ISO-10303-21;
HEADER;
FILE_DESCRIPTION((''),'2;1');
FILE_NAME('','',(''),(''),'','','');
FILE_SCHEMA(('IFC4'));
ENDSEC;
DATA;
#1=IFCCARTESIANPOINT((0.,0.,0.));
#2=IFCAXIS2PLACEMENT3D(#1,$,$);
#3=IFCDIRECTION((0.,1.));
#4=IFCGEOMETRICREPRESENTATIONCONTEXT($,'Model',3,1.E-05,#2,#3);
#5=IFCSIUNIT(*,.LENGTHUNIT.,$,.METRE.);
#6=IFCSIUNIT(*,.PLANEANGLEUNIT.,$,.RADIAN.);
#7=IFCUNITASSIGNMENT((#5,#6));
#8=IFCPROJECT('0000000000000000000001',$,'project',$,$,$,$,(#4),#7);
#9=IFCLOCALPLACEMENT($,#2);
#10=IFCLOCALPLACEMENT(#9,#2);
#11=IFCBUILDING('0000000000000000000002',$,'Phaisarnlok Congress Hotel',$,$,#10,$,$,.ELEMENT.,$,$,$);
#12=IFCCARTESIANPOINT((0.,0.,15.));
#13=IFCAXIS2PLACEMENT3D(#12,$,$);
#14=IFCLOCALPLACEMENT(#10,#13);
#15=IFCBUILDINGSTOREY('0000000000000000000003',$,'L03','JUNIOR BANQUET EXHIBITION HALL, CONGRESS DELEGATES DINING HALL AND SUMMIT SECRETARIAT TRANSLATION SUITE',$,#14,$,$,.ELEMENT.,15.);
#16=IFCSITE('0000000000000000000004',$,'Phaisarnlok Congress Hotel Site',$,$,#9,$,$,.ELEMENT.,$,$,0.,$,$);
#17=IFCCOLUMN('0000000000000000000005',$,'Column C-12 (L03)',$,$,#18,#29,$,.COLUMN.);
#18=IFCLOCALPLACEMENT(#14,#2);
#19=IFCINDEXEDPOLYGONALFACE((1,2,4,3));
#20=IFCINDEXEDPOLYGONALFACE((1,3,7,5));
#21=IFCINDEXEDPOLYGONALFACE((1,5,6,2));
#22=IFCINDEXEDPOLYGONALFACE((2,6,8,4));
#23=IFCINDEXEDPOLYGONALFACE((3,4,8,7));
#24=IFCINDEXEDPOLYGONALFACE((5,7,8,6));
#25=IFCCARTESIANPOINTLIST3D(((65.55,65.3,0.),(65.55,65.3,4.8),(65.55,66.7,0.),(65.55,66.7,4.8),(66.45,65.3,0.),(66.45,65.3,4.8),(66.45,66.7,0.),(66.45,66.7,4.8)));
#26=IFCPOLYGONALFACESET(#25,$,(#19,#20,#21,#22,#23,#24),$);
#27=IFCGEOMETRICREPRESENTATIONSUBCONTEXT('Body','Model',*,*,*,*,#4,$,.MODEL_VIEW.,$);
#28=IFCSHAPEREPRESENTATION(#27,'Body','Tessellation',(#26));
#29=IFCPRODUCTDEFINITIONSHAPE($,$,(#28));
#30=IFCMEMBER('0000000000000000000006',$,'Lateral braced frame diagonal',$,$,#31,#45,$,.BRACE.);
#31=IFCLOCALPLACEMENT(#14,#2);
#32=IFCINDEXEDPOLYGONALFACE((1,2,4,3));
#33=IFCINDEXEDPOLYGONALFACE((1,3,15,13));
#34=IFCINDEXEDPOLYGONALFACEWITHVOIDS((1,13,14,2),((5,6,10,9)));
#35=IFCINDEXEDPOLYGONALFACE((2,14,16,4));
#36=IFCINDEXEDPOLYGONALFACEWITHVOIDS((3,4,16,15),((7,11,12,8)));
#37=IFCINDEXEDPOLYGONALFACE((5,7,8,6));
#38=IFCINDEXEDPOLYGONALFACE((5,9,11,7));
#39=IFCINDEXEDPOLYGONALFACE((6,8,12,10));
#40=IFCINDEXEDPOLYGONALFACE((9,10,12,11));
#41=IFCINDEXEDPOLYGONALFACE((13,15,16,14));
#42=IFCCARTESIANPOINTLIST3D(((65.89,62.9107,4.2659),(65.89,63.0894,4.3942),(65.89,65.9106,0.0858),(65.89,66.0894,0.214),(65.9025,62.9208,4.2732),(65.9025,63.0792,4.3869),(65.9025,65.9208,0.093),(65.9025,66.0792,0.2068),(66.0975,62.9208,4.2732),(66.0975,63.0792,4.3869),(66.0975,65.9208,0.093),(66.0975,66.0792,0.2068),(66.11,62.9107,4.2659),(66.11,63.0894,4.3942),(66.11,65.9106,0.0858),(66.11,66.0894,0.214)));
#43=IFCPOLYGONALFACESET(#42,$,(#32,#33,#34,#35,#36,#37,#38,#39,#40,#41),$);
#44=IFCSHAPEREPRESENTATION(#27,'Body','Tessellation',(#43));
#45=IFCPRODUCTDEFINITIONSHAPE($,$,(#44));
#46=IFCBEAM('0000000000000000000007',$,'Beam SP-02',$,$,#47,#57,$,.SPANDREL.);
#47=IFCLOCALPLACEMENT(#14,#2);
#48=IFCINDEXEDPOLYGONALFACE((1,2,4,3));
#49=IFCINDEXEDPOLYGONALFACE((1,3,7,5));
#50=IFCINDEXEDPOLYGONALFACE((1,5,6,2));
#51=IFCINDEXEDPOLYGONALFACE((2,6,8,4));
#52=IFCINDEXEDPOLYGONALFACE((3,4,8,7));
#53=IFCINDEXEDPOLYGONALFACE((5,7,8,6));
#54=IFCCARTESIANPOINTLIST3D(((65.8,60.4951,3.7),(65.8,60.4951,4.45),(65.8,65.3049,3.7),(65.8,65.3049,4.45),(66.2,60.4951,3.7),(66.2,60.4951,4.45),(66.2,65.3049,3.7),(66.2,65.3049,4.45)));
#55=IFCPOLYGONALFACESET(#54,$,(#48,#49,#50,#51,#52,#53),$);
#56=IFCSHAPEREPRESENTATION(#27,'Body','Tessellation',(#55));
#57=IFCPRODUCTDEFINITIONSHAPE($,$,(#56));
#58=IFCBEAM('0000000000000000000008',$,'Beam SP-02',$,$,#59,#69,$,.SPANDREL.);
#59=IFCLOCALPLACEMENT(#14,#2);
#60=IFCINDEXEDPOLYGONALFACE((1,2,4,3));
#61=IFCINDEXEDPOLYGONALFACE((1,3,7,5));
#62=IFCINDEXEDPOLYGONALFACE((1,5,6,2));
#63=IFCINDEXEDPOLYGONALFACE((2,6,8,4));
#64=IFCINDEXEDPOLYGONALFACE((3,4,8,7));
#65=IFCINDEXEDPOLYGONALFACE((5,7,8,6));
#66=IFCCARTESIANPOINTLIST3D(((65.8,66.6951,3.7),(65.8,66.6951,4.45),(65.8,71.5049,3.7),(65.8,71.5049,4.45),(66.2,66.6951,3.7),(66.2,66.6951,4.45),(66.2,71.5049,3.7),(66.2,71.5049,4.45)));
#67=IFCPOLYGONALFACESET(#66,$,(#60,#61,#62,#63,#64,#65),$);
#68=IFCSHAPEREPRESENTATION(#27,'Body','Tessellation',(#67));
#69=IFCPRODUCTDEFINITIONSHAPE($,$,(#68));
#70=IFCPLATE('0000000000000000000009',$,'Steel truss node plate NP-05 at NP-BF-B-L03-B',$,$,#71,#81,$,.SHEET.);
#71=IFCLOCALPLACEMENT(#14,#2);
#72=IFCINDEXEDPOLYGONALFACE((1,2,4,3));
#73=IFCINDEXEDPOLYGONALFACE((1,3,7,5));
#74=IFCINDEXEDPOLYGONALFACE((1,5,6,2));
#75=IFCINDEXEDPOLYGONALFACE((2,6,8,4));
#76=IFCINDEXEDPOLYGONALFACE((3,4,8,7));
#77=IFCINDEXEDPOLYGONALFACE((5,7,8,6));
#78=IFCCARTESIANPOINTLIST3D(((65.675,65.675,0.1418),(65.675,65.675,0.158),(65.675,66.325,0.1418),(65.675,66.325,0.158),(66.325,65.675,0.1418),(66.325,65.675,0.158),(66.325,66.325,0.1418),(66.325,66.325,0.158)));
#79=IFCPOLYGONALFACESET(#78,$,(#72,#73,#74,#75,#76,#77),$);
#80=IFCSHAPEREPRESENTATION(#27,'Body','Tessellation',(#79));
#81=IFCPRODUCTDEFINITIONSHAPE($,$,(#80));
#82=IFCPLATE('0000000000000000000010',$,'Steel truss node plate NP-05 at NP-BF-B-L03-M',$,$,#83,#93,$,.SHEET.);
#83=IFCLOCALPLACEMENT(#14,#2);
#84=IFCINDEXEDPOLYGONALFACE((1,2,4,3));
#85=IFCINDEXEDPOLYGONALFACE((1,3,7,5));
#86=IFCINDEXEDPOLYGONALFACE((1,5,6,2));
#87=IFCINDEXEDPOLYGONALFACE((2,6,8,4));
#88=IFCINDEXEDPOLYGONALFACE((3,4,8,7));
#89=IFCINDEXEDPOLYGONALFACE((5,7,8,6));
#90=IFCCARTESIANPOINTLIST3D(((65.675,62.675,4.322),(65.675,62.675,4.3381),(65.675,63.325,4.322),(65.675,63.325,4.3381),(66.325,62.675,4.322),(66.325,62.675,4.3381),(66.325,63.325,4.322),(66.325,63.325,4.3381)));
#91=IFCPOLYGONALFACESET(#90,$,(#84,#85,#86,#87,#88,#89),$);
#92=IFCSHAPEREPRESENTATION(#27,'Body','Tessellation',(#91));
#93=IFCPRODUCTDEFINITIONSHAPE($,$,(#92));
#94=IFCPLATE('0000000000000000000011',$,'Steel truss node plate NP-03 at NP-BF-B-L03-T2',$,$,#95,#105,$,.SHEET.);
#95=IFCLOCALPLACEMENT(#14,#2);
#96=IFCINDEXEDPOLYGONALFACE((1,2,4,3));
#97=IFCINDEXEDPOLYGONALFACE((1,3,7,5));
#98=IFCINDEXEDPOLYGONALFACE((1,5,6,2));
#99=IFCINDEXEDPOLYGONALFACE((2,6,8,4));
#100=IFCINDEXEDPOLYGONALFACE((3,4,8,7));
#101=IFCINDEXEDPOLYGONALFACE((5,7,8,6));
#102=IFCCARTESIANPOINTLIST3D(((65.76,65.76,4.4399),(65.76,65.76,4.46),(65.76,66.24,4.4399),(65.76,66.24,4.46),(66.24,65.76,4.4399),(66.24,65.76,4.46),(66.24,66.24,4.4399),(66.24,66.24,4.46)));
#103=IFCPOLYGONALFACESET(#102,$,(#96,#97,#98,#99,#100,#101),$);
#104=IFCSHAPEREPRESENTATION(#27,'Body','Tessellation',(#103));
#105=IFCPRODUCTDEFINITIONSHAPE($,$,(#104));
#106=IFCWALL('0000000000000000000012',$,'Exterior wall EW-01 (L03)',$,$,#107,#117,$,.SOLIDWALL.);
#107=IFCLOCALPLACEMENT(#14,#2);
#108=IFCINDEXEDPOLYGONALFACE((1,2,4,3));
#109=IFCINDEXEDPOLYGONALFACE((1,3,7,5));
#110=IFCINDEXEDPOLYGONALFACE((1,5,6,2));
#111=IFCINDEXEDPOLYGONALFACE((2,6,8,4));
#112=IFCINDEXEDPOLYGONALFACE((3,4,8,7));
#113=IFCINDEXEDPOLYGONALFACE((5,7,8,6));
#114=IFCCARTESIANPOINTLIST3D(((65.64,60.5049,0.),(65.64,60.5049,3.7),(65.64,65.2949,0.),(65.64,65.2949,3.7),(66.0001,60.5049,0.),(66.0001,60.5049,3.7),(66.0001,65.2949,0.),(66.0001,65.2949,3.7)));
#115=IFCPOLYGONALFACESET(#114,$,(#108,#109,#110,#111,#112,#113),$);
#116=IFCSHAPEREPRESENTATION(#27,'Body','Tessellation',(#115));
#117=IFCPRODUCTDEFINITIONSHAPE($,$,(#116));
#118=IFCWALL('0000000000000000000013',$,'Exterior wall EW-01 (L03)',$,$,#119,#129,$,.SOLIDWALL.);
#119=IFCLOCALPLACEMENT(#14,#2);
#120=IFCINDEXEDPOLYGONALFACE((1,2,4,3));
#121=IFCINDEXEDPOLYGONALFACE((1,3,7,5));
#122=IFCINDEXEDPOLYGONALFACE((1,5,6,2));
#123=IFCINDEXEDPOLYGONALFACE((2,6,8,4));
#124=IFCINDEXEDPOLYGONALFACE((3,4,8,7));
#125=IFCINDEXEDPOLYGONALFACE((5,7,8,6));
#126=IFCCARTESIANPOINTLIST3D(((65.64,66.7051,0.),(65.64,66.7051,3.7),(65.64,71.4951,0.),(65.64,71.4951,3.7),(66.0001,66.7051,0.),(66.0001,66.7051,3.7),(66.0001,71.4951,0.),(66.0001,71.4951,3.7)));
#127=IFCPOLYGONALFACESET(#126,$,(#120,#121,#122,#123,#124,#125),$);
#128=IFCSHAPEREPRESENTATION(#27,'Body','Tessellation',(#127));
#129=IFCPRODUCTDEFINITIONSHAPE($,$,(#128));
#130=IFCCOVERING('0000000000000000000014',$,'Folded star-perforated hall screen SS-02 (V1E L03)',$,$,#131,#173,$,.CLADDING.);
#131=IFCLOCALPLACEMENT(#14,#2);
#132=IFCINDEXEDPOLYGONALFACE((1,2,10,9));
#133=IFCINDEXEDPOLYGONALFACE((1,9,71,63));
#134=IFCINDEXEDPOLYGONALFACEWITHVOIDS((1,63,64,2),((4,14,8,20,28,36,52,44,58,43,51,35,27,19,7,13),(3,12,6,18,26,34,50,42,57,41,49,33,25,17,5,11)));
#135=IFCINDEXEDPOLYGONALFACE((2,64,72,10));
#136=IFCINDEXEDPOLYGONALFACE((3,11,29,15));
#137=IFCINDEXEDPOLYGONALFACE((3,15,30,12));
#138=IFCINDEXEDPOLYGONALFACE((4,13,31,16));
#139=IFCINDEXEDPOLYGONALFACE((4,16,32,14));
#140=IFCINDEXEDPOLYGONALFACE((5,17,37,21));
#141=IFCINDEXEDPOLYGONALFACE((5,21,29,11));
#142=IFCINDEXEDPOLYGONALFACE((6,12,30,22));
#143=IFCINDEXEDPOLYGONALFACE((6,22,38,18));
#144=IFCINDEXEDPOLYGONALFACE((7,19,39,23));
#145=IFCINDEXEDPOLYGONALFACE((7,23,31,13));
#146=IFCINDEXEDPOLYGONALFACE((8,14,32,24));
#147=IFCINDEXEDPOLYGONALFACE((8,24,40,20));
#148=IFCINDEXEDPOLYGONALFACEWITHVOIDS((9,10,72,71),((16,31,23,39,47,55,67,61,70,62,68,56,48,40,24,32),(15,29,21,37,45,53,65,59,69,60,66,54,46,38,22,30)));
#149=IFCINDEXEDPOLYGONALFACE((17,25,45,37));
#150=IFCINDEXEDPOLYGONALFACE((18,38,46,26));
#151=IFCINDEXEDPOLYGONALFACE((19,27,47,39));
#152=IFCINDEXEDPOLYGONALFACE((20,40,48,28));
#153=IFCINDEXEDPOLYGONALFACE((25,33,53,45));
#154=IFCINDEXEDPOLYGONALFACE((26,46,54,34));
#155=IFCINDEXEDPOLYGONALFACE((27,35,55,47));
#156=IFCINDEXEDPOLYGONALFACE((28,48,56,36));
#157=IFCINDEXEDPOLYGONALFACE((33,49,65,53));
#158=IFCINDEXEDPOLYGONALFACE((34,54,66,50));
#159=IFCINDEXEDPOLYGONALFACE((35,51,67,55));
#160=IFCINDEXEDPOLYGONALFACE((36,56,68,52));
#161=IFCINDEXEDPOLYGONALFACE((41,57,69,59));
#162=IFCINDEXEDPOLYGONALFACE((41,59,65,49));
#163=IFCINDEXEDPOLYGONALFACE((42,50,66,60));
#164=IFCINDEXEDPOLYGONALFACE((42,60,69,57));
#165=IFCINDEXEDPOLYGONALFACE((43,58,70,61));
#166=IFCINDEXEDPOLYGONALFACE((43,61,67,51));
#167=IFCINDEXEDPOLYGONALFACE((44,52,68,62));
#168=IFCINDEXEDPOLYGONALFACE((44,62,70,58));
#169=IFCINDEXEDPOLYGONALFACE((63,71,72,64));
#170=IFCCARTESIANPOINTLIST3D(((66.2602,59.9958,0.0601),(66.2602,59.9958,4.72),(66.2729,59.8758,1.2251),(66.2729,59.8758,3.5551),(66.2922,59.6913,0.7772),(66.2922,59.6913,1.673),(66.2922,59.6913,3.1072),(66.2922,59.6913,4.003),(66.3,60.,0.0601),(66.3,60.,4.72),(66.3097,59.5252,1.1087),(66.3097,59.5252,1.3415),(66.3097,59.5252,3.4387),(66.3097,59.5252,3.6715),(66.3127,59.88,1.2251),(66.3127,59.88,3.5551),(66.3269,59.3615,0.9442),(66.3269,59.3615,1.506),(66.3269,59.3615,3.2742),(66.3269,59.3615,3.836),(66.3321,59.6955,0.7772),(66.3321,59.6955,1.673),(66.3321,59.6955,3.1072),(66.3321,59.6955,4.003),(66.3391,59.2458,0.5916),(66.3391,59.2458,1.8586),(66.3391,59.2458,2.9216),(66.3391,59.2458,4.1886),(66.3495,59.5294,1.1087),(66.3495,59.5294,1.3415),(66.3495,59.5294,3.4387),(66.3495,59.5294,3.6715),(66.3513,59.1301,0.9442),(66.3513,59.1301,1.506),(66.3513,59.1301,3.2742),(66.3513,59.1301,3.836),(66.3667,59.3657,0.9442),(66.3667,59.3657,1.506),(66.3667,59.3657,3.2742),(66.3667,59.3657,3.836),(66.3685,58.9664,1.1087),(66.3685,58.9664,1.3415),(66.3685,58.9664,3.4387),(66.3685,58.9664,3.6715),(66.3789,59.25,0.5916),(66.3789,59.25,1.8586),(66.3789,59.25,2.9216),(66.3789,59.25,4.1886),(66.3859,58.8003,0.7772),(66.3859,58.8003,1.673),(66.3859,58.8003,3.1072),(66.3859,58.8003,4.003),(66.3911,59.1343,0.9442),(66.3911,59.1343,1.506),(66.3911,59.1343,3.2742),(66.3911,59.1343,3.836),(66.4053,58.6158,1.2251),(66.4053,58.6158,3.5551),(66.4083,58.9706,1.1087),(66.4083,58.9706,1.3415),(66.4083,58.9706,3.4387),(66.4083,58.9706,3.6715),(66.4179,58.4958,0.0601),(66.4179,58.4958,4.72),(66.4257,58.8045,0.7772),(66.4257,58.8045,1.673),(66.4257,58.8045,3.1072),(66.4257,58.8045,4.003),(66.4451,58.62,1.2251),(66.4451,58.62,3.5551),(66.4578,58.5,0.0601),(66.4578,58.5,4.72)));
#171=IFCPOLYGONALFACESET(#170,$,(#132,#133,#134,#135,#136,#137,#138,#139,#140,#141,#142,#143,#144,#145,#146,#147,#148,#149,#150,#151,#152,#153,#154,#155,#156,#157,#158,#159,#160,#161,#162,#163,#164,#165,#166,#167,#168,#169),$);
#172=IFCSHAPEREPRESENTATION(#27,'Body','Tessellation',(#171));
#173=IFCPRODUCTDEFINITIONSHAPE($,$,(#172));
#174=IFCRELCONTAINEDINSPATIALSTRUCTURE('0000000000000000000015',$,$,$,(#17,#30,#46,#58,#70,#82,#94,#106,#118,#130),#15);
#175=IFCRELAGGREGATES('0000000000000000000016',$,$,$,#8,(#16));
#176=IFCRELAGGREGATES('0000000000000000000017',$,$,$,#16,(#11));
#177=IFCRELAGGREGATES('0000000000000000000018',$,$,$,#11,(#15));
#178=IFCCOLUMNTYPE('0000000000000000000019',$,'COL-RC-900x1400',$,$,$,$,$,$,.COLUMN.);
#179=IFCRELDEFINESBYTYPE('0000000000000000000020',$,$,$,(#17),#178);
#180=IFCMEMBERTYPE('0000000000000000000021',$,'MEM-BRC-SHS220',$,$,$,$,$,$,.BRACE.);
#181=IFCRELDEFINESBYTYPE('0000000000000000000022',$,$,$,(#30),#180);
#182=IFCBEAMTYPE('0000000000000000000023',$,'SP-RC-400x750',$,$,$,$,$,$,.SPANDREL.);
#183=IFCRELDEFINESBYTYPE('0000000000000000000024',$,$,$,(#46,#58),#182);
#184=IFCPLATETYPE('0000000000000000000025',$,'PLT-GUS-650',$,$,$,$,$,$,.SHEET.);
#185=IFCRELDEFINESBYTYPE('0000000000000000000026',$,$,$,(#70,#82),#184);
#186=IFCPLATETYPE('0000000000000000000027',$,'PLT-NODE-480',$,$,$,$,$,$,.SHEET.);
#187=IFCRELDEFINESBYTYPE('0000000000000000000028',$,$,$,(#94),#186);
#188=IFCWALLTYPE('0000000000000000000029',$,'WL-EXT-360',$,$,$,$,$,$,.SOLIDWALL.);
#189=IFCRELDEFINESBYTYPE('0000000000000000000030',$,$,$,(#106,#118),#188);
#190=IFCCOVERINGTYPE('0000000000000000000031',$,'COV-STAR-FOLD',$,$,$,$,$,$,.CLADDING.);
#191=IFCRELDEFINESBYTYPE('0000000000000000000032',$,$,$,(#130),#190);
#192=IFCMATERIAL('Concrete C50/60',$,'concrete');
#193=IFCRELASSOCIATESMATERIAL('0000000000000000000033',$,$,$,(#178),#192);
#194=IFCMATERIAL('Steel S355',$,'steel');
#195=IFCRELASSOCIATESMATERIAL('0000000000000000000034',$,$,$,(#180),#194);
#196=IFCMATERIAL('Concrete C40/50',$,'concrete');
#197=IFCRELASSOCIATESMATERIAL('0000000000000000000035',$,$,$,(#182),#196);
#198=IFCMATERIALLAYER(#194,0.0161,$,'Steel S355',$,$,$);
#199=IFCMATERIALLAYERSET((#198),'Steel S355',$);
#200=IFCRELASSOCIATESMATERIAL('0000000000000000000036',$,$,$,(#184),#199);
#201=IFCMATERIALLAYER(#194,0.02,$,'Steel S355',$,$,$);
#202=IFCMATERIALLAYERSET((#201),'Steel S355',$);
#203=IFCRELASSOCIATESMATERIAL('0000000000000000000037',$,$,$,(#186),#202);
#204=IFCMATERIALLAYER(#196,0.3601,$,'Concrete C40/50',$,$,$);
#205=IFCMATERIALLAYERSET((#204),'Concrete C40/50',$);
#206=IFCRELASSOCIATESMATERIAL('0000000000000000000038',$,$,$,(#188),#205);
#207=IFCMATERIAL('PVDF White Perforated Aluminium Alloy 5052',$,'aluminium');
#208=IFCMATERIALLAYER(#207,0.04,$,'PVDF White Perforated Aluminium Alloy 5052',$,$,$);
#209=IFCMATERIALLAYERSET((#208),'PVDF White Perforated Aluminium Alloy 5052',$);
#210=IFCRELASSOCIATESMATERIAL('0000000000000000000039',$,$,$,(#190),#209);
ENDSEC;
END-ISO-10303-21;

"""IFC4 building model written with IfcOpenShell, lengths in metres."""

from ifc_helpers import new_model, si_unit, direction, frame, frame_2d, origin, origin_2d, place, context, subcontext, project, spatial, polyline, rectangle, hollow_rectangle, outline, extrude, material, layer, layer_set, material_profile, profile_set, type_object, element, save


model = new_model("IFC4")

# Units and contexts
model_context = context("Model", 3, precision=1e-05, world=origin(), true_north=direction((0.0, 1.0)))
body_context = subcontext(model_context, "Body", "Model", "MODEL_VIEW")
ifc_project = project(units=[si_unit("LENGTHUNIT", "METRE"), si_unit("PLANEANGLEUNIT", "RADIAN")], contexts=[model_context])

# Site, building, storey
site_placement = place(None, origin())
site = spatial("IfcSite", under=ifc_project, at=site_placement, Name="Phaisarnlok Congress Hotel Site", CompositionType="ELEMENT", RefElevation=0.0)
building_placement = place(site_placement, origin())
building = spatial("IfcBuilding", under=site, at=building_placement, Name="Phaisarnlok Congress Hotel", CompositionType="ELEMENT")
storey_placement = place(building_placement, frame((0.0, 0.0, 15.0)))
storey = spatial("IfcBuildingStorey", under=building, at=storey_placement, Name="L03", Description="JUNIOR BANQUET EXHIBITION HALL, CONGRESS DELEGATES DINING HALL AND SUMMIT SECRETARIAT TRANSLATION SUITE", CompositionType="ELEMENT", Elevation=15.0)

# Column
ifc_material_1 = material(Name="Concrete C50/60", Category="concrete")
ifc_material_profile_1 = material_profile(ifc_material_1, rectangle(XDim=0.8999, YDim=1.3999, at=origin_2d()), Name="RC 900x1400")
ifc_profile_set_1 = profile_set([ifc_material_profile_1], Name="Concrete C50/60")
column_type = type_object("IfcColumnType", Name="COL-RC-900x1400", PredefinedType="COLUMN", material=ifc_profile_set_1)
column_placement = place(storey_placement, frame((66.0, 66.0, 0.0), z_axis=(0.0, 0.0, 1.0), x_axis=(1.0, 0.0, 0.0)))
element("IfcColumn", 1, at=column_placement, inside=storey, type_object=column_type, Name="Column C-12 (L03)", PredefinedType="COLUMN", context=body_context, shape_type="SweptSolid", body=[
    extrude(rectangle(XDim=0.8999, YDim=1.3999, at=origin_2d()), origin(), (0.0, 0.0, 1.0), 4.8),
])

# Member
ifc_material_2 = material(Name="Steel S355", Category="steel")
ifc_material_profile_2 = material_profile(ifc_material_2, hollow_rectangle(XDim=0.22, YDim=0.22, WallThickness=0.0125, at=origin_2d()), Name="SHS 220x220x12.5")
ifc_profile_set_2 = profile_set([ifc_material_profile_2], Name="Steel S355")
member_type = type_object("IfcMemberType", Name="MEM-BRC-SHS220", PredefinedType="BRACE", material=ifc_profile_set_2)
member_placement = place(storey_placement, frame((66.0, 66.0, 0.1499), z_axis=(0.0, -0.583059, 0.81243), x_axis=(1.0, 0.0, 0.0)))
element("IfcMember", 2, at=member_placement, inside=storey, type_object=member_type, Name="Lateral braced frame diagonal", PredefinedType="BRACE", context=body_context, shape_type="SweptSolid", body=[
    extrude(hollow_rectangle(XDim=0.22, YDim=0.22, WallThickness=0.0125, at=origin_2d()), origin(), (0.0, 0.0, 1.0), 5.1453),
])

# Beams
ifc_material_3 = material(Name="Concrete C40/50", Category="concrete")
ifc_material_profile_3 = material_profile(ifc_material_3, rectangle(XDim=0.3999, YDim=0.75, at=origin_2d()), Name="RC 400x750")
ifc_profile_set_3 = profile_set([ifc_material_profile_3], Name="Concrete C40/50")
beam_type = type_object("IfcBeamType", Name="SP-RC-400x750", PredefinedType="SPANDREL", material=ifc_profile_set_3)
for number, where, z_axis, x_axis, name in (
    (3, (66.0, 60.4951, 4.075), (0.0, 1.0, 0.0), (-1.0, 0.0, 0.0), "Beam SP-02"),
    (4, (66.0, 66.6951, 4.075), (0.0, 1.0, 0.0), (-1.0, 0.0, 0.0), "Beam SP-02"),
):
    element("IfcBeam", number, at=place(storey_placement, frame(where, z_axis=z_axis, x_axis=x_axis)), inside=storey, type_object=beam_type, Name=name, PredefinedType="SPANDREL", context=body_context, shape_type="SweptSolid", body=[
        extrude(rectangle(XDim=0.3999, YDim=0.75, at=origin_2d()), origin(), (0.0, 0.0, 1.0), 4.8098),
    ])

# Plates
ifc_layer_1 = layer(ifc_material_2, 0.0161, Name="Steel S355")
ifc_layer_set_1 = layer_set([ifc_layer_1], Name="Steel S355")
plate_type_1 = type_object("IfcPlateType", Name="PLT-GUS-650", PredefinedType="SHEET", material=ifc_layer_set_1)
for number, where, z_axis, x_axis, name in (
    (5, (66.0, 66.0, 0.1418), (0.0, 0.0, 1.0), (1.0, 0.0, 0.0), "Steel truss node plate NP-05 at NP-BF-B-L03-B"),
    (6, (66.0, 63.0, 4.322), (0.0, 0.0, 1.0), (1.0, 0.0, 0.0), "Steel truss node plate NP-05 at NP-BF-B-L03-M"),
):
    element("IfcPlate", number, at=place(storey_placement, frame(where, z_axis=z_axis, x_axis=x_axis)), inside=storey, type_object=plate_type_1, Name=name, PredefinedType="SHEET", context=body_context, shape_type="SweptSolid", body=[
        extrude(rectangle(XDim=0.6499, YDim=0.6499, at=origin_2d()), origin(), (0.0, 0.0, 1.0), 0.0161),
    ])
ifc_layer_2 = layer(ifc_material_2, 0.02, Name="Steel S355")
ifc_layer_set_2 = layer_set([ifc_layer_2], Name="Steel S355")
plate_type_2 = type_object("IfcPlateType", Name="PLT-NODE-480", PredefinedType="SHEET", material=ifc_layer_set_2)
plate_placement = place(storey_placement, frame((66.0, 66.0, 4.4399), z_axis=(0.0, 0.0, 1.0), x_axis=(1.0, 0.0, 0.0)))
element("IfcPlate", 7, at=plate_placement, inside=storey, type_object=plate_type_2, Name="Steel truss node plate NP-03 at NP-BF-B-L03-T2", PredefinedType="SHEET", context=body_context, shape_type="SweptSolid", body=[
    extrude(rectangle(XDim=0.48, YDim=0.48, at=origin_2d()), origin(), (0.0, 0.0, 1.0), 0.02),
])

# Walls
ifc_layer_3 = layer(ifc_material_3, 0.3601, Name="Concrete C40/50")
ifc_layer_set_3 = layer_set([ifc_layer_3], Name="Concrete C40/50")
wall_type = type_object("IfcWallType", Name="WL-EXT-360", PredefinedType="SOLIDWALL", material=ifc_layer_set_3)
for number, where, z_axis, x_axis, name in (
    (8, (65.8201, 60.5049, 0.0), (0.0, 0.0, 1.0), (0.0, 1.0, 0.0), "Exterior wall EW-01 (L03)"),
    (9, (65.8201, 66.7051, 0.0), (0.0, 0.0, 1.0), (0.0, 1.0, 0.0), "Exterior wall EW-01 (L03)"),
):
    element("IfcWall", number, at=place(storey_placement, frame(where, z_axis=z_axis, x_axis=x_axis)), inside=storey, type_object=wall_type, Name=name, PredefinedType="SOLIDWALL", context=body_context, shape_type="SweptSolid", body=[
        extrude(rectangle(XDim=4.79, YDim=0.3601, at=frame_2d((2.395, 0.0))), origin(), (0.0, 0.0, 1.0), 3.7),
    ])

# Covering
ifc_material_4 = material(Name="PVDF White Perforated Aluminium Alloy 5052", Category="aluminium")
ifc_layer_4 = layer(ifc_material_4, 0.04, Name="PVDF White Perforated Aluminium Alloy 5052")
ifc_layer_set_4 = layer_set([ifc_layer_4], Name="PVDF White Perforated Aluminium Alloy 5052")
covering_type = type_object("IfcCoveringType", Name="COV-STAR-FOLD", PredefinedType="CLADDING", material=ifc_layer_set_4)
for number, where, z_axis, x_axis, name in (
    (10, (66.3, 60.0, 0.0601), (-0.994518, -0.104567, 0.0), (0.104567, -0.994518, 0.0), "Folded star-perforated hall screen SS-02 (V1E L03)"),
):
    element("IfcCovering", number, at=place(storey_placement, frame(where, z_axis=z_axis, x_axis=x_axis)), inside=storey, type_object=covering_type, Name=name, PredefinedType="CLADDING", context=body_context, shape_type="SweptSolid", body=[
        extrude(outline(polyline([(0.0, 0.0), (1.5083, 0.0), (1.5083, 4.6599), (0.0, 4.6599), (0.0, 0.0)]), holes=[polyline([(1.0351, 1.0486), (1.2021, 0.7171), (0.8705, 0.8841), (0.7541, 0.5315), (0.6378, 0.8841), (0.3062, 0.7171), (0.4732, 1.0486), (0.1207, 1.165), (0.4732, 1.2814), (0.3062, 1.6129), (0.6378, 1.4459), (0.7541, 1.7985), (0.8705, 1.4459), (1.2021, 1.6129), (1.0351, 1.2814), (1.3876, 1.165), (1.0351, 1.0486)]), polyline([(1.0351, 3.3786), (1.2021, 3.0471), (0.8705, 3.2141), (0.7541, 2.8615), (0.6378, 3.2141), (0.3062, 3.0471), (0.4732, 3.3786), (0.1207, 3.495), (0.4732, 3.6114), (0.3062, 3.9429), (0.6378, 3.7759), (0.7541, 4.1285), (0.8705, 3.7759), (1.2021, 3.9429), (1.0351, 3.6114), (1.3876, 3.495), (1.0351, 3.3786)])]), origin(), (0.0, 0.0, 1.0), 0.04),
    ])

save(model, "model.ifc")
